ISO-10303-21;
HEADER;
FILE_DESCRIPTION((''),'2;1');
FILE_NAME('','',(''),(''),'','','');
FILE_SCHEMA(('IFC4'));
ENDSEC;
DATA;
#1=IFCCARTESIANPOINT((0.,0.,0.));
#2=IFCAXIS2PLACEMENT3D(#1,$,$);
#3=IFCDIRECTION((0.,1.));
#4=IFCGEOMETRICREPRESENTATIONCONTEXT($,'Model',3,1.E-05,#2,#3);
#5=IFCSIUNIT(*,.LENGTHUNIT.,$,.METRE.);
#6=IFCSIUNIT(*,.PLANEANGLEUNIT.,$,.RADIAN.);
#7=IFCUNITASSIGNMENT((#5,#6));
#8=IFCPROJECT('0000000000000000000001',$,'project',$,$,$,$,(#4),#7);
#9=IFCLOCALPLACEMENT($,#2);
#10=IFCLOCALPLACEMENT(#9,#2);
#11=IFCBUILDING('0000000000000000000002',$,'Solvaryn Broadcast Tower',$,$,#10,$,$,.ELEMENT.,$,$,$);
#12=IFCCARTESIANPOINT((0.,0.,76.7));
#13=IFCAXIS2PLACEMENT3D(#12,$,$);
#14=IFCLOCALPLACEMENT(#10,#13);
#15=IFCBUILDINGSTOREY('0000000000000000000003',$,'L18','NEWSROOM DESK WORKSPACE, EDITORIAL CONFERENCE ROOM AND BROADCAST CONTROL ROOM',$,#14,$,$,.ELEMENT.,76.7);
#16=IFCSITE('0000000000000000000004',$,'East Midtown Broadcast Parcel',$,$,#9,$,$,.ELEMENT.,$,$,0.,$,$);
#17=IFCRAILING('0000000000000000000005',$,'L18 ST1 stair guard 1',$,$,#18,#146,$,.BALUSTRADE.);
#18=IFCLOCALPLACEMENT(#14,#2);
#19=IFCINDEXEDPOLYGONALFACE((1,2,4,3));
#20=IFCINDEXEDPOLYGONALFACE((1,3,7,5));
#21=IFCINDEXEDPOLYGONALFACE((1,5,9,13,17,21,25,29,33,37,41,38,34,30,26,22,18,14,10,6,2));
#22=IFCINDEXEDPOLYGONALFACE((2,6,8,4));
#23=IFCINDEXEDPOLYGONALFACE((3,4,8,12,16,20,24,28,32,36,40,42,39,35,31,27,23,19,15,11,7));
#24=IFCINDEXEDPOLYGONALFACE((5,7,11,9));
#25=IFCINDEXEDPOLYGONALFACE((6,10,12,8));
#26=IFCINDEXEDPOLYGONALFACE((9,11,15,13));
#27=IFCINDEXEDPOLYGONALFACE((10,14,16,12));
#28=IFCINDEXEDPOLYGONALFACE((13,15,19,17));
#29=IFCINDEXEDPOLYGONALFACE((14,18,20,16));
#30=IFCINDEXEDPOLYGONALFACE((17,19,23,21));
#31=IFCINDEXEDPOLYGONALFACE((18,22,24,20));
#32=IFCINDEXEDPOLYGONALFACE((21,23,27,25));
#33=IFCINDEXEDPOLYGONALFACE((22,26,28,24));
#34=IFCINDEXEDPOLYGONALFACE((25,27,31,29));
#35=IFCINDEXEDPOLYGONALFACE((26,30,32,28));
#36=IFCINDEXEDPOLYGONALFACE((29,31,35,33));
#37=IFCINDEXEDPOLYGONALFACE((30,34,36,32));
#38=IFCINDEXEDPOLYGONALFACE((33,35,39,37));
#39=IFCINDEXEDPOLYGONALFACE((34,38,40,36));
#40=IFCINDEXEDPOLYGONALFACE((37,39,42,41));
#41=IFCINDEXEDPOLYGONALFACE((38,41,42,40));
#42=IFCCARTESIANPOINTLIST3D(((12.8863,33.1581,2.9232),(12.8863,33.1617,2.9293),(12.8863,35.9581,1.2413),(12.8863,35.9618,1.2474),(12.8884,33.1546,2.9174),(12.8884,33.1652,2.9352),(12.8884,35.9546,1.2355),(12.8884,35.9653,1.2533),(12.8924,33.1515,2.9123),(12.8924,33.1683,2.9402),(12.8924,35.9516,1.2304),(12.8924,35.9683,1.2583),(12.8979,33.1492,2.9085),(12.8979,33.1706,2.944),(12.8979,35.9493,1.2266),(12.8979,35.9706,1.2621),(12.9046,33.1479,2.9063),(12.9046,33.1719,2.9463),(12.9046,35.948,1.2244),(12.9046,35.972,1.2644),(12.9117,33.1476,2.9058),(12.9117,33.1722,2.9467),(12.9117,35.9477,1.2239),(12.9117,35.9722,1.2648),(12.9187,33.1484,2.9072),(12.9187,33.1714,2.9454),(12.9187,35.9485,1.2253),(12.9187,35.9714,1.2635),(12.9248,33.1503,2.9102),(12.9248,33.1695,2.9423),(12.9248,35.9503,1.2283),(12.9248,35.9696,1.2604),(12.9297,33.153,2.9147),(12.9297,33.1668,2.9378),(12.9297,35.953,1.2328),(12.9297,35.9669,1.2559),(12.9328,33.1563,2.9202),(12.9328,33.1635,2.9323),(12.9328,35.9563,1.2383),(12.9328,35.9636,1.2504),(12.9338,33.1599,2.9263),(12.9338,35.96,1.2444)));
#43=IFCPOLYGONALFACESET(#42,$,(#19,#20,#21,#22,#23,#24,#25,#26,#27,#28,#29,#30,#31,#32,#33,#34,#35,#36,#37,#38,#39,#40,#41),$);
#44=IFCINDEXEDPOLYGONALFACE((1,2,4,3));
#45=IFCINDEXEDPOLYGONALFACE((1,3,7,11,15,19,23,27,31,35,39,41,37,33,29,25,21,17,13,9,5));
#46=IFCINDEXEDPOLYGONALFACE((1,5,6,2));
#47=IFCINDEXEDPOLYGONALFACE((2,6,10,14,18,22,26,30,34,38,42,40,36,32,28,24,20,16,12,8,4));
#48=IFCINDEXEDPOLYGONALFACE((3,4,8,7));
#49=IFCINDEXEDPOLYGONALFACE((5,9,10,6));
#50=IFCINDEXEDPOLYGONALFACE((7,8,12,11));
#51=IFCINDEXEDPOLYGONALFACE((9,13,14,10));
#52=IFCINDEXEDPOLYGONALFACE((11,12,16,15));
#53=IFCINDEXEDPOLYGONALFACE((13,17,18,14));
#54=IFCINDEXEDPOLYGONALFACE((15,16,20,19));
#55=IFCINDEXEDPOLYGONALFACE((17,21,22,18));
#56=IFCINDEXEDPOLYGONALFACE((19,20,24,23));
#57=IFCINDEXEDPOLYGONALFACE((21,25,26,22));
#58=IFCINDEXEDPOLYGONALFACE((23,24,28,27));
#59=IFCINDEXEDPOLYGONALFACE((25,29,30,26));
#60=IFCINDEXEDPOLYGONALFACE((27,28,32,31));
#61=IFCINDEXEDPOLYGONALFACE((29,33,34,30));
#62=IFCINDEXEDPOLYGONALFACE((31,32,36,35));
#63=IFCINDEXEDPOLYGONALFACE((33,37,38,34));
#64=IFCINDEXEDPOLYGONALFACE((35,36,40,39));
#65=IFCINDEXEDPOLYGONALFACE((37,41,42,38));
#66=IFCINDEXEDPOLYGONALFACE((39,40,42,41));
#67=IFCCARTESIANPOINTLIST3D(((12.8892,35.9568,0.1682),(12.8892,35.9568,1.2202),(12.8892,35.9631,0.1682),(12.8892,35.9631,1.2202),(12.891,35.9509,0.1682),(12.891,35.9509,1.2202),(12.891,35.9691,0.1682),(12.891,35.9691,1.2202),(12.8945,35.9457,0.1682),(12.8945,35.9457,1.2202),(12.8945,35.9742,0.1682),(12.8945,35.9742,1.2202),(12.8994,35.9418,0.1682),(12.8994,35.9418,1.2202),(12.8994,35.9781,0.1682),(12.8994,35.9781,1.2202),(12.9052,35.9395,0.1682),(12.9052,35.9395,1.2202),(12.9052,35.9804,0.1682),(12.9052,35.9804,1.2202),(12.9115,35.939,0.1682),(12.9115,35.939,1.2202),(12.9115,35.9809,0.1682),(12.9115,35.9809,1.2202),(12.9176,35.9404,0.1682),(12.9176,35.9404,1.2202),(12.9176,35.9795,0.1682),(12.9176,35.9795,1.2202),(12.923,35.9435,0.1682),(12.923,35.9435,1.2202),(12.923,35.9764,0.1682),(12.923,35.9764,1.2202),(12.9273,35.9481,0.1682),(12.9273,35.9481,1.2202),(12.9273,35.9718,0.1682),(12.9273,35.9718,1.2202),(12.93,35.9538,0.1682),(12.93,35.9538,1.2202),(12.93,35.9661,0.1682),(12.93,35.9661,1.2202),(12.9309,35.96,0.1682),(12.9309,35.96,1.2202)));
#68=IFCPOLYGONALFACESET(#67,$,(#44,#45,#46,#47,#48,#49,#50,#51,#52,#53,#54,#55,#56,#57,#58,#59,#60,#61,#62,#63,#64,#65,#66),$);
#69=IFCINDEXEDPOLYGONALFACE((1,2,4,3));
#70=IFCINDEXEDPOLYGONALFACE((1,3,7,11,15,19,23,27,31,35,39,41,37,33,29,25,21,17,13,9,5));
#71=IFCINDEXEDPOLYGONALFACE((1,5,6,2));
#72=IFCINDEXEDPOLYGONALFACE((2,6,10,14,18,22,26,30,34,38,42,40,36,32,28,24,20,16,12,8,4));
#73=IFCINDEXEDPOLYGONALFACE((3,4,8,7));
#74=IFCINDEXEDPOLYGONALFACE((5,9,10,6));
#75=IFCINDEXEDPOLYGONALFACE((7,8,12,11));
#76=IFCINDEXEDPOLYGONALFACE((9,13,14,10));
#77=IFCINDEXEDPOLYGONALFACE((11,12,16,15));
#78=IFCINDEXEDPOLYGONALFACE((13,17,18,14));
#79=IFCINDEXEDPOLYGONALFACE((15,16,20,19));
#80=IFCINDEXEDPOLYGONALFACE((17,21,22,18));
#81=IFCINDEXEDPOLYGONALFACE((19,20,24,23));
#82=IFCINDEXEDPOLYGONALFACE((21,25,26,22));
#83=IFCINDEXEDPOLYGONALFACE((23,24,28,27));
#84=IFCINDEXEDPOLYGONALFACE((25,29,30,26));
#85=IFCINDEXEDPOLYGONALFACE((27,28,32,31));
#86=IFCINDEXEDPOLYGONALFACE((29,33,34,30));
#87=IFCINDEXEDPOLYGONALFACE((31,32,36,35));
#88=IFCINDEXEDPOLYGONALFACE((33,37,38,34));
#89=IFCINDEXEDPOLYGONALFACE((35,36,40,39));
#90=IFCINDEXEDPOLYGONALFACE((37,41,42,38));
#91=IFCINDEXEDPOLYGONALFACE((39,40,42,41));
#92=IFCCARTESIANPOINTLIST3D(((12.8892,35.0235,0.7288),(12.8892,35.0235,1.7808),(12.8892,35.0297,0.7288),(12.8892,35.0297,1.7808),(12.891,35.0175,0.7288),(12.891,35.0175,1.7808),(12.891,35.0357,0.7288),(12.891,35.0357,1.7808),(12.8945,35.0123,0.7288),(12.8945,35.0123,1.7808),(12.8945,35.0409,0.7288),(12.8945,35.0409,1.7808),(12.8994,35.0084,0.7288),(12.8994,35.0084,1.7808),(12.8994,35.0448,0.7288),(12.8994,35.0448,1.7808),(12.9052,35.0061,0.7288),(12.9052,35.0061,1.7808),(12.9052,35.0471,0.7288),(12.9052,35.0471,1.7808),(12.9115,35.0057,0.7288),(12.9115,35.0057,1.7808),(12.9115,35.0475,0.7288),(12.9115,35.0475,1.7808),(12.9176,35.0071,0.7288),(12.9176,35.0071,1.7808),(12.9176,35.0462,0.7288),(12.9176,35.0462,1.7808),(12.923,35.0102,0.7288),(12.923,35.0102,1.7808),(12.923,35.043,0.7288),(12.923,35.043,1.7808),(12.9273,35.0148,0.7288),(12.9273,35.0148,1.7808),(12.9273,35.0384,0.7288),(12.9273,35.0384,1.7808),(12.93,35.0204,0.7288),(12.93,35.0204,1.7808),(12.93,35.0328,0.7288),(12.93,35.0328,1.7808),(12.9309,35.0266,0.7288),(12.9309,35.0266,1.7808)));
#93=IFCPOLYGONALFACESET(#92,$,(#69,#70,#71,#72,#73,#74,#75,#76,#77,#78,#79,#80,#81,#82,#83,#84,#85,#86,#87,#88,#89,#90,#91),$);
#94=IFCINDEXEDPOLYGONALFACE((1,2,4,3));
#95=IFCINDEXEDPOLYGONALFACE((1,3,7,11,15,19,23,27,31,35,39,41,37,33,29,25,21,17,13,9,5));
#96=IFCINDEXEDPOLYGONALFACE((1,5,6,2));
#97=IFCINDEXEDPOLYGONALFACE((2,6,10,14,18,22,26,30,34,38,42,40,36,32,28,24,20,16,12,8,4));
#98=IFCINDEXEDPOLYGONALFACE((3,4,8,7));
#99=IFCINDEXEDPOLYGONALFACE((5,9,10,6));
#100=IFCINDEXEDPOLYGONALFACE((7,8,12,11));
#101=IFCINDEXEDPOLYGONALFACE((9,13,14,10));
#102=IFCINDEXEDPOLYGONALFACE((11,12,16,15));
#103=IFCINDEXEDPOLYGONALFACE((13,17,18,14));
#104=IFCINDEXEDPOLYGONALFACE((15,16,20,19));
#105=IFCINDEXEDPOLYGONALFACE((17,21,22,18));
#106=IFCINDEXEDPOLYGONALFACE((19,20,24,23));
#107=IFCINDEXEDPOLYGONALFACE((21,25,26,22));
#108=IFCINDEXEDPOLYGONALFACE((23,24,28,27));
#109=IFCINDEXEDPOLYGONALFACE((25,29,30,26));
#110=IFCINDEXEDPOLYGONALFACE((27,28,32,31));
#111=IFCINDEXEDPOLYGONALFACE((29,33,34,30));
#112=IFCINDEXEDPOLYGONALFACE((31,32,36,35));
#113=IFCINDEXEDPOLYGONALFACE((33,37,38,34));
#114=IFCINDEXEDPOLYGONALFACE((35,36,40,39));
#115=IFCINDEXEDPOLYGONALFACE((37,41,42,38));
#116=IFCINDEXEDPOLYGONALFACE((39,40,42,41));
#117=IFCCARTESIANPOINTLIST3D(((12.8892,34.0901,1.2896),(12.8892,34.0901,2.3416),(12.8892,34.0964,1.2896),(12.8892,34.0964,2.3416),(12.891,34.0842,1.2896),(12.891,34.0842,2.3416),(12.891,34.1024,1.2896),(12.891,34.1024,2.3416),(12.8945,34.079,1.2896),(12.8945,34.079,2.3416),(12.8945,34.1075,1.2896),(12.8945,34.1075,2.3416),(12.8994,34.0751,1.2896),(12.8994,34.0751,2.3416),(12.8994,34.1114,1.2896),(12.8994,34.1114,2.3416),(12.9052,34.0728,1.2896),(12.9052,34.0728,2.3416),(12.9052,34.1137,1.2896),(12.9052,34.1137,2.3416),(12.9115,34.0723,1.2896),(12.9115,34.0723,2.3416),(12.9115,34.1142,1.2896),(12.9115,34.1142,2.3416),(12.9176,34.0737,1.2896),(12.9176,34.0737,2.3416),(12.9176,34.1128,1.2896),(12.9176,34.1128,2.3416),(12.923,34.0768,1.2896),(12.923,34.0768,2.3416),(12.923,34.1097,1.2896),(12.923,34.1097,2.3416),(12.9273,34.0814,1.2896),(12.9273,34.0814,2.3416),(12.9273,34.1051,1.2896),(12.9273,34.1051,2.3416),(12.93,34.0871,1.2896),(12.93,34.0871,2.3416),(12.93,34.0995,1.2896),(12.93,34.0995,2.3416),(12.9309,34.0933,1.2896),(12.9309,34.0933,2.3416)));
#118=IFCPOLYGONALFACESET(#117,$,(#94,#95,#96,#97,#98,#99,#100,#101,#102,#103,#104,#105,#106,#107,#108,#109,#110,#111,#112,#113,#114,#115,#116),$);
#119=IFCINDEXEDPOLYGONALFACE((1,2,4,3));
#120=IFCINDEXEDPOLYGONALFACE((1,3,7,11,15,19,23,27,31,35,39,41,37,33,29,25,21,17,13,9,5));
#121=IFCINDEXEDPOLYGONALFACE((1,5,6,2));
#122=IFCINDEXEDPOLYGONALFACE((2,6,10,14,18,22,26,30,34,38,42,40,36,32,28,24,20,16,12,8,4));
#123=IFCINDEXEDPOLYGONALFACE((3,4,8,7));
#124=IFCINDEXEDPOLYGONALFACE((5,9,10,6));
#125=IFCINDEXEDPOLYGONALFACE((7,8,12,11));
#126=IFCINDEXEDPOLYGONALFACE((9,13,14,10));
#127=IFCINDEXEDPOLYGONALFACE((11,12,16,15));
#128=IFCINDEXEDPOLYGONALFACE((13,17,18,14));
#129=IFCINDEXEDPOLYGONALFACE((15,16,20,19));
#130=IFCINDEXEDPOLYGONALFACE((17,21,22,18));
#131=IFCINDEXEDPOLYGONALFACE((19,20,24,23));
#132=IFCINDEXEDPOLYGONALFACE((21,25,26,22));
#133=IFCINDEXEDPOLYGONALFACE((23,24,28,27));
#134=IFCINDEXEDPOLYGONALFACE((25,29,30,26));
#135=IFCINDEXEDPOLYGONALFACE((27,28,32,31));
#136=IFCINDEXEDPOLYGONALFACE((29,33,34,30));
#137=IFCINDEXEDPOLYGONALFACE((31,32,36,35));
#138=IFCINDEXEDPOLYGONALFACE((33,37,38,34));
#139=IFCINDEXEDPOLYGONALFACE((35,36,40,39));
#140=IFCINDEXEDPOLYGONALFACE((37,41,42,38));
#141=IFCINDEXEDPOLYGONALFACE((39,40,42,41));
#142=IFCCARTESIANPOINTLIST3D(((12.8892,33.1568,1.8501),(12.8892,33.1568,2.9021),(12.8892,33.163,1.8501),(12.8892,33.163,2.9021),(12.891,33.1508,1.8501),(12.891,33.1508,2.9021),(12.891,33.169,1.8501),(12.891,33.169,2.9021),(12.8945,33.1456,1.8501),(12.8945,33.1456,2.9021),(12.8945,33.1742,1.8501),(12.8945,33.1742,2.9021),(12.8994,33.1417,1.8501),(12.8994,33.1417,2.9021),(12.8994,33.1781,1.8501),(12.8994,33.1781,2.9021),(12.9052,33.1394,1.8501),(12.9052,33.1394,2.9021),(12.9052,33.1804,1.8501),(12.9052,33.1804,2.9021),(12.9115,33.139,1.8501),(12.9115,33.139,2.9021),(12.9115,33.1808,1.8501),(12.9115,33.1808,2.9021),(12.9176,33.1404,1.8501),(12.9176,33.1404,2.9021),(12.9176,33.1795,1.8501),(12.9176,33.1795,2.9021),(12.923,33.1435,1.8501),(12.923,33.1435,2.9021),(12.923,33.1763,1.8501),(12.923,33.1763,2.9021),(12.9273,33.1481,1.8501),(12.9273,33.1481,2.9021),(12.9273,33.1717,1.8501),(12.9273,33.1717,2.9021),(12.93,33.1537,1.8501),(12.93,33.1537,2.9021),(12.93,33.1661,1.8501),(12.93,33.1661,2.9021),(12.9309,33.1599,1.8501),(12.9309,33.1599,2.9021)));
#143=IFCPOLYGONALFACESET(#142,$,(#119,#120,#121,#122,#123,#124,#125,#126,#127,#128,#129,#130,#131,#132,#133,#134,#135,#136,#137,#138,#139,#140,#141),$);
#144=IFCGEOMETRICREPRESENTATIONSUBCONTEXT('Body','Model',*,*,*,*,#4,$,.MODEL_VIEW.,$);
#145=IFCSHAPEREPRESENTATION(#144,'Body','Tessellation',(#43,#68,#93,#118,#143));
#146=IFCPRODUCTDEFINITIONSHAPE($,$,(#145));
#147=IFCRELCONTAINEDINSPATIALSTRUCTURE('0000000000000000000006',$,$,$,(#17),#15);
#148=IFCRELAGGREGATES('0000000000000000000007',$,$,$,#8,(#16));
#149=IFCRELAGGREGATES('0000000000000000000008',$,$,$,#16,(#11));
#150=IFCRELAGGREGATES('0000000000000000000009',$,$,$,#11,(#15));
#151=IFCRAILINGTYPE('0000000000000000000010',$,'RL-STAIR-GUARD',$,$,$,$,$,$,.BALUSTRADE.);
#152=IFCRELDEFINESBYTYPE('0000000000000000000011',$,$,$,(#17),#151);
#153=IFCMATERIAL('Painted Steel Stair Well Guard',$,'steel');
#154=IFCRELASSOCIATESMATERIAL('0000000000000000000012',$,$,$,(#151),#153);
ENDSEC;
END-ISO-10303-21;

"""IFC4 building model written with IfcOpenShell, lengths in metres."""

from ifc_helpers import new_model, si_unit, direction, frame, origin, origin_2d, place, context, subcontext, project, spatial, circle, extrude, material, type_object, element, save


model = new_model("IFC4")

# Units and contexts
model_context = context("Model", 3, precision=1e-05, world=origin(), true_north=direction((0.0, 1.0)))
body_context = subcontext(model_context, "Body", "Model", "MODEL_VIEW")
ifc_project = project(units=[si_unit("LENGTHUNIT", "METRE"), si_unit("PLANEANGLEUNIT", "RADIAN")], contexts=[model_context])

# Site, building, storey
site_placement = place(None, origin())
site = spatial("IfcSite", under=ifc_project, at=site_placement, Name="East Midtown Broadcast Parcel", CompositionType="ELEMENT", RefElevation=0.0)
building_placement = place(site_placement, origin())
building = spatial("IfcBuilding", under=site, at=building_placement, Name="Solvaryn Broadcast Tower", CompositionType="ELEMENT")
storey_placement = place(building_placement, frame((0.0, 0.0, 76.7)))
storey = spatial("IfcBuildingStorey", under=building, at=storey_placement, Name="L18", Description="NEWSROOM DESK WORKSPACE, EDITORIAL CONFERENCE ROOM AND BROADCAST CONTROL ROOM", CompositionType="ELEMENT", Elevation=76.7)

# Railing
ifc_material_1 = material(Name="Painted Steel Stair Well Guard", Category="steel")
railing_type_1 = type_object("IfcRailingType", Name="RL-STAIR-GUARD", PredefinedType="BALUSTRADE", material=ifc_material_1)
railing_1_placement = place(storey_placement, frame((12.9099, 35.96, 0.1682)))
element("IfcRailing", 1, at=railing_1_placement, inside=storey, type_object=railing_type_1, Name="L18 ST1 stair guard 1", PredefinedType="BALUSTRADE", context=body_context, shape_type="SweptSolid", body=[
    extrude(circle(Radius=0.0239, at=origin_2d()), frame((0.0, 0.0, 1.0762), z_axis=(0.0, -0.857242, 0.514913), x_axis=(1.0, 0.0, 0.0)), (0.0, 0.0, 1.0), 3.2664),
    extrude(circle(Radius=0.021, at=origin_2d()), origin(), (0.0, 0.0, 1.0), 1.052),
    extrude(circle(Radius=0.021, at=origin_2d()), frame((0.0, -0.9333, 0.5605)), (0.0, 0.0, 1.0), 1.052),
    extrude(circle(Radius=0.021, at=origin_2d()), frame((0.0, -1.8667, 1.1213)), (0.0, 0.0, 1.0), 1.052),
    extrude(circle(Radius=0.021, at=origin_2d()), frame((0.0, -2.8, 1.6819)), (0.0, 0.0, 1.0), 1.052),
])

save(model, "model.ifc")
